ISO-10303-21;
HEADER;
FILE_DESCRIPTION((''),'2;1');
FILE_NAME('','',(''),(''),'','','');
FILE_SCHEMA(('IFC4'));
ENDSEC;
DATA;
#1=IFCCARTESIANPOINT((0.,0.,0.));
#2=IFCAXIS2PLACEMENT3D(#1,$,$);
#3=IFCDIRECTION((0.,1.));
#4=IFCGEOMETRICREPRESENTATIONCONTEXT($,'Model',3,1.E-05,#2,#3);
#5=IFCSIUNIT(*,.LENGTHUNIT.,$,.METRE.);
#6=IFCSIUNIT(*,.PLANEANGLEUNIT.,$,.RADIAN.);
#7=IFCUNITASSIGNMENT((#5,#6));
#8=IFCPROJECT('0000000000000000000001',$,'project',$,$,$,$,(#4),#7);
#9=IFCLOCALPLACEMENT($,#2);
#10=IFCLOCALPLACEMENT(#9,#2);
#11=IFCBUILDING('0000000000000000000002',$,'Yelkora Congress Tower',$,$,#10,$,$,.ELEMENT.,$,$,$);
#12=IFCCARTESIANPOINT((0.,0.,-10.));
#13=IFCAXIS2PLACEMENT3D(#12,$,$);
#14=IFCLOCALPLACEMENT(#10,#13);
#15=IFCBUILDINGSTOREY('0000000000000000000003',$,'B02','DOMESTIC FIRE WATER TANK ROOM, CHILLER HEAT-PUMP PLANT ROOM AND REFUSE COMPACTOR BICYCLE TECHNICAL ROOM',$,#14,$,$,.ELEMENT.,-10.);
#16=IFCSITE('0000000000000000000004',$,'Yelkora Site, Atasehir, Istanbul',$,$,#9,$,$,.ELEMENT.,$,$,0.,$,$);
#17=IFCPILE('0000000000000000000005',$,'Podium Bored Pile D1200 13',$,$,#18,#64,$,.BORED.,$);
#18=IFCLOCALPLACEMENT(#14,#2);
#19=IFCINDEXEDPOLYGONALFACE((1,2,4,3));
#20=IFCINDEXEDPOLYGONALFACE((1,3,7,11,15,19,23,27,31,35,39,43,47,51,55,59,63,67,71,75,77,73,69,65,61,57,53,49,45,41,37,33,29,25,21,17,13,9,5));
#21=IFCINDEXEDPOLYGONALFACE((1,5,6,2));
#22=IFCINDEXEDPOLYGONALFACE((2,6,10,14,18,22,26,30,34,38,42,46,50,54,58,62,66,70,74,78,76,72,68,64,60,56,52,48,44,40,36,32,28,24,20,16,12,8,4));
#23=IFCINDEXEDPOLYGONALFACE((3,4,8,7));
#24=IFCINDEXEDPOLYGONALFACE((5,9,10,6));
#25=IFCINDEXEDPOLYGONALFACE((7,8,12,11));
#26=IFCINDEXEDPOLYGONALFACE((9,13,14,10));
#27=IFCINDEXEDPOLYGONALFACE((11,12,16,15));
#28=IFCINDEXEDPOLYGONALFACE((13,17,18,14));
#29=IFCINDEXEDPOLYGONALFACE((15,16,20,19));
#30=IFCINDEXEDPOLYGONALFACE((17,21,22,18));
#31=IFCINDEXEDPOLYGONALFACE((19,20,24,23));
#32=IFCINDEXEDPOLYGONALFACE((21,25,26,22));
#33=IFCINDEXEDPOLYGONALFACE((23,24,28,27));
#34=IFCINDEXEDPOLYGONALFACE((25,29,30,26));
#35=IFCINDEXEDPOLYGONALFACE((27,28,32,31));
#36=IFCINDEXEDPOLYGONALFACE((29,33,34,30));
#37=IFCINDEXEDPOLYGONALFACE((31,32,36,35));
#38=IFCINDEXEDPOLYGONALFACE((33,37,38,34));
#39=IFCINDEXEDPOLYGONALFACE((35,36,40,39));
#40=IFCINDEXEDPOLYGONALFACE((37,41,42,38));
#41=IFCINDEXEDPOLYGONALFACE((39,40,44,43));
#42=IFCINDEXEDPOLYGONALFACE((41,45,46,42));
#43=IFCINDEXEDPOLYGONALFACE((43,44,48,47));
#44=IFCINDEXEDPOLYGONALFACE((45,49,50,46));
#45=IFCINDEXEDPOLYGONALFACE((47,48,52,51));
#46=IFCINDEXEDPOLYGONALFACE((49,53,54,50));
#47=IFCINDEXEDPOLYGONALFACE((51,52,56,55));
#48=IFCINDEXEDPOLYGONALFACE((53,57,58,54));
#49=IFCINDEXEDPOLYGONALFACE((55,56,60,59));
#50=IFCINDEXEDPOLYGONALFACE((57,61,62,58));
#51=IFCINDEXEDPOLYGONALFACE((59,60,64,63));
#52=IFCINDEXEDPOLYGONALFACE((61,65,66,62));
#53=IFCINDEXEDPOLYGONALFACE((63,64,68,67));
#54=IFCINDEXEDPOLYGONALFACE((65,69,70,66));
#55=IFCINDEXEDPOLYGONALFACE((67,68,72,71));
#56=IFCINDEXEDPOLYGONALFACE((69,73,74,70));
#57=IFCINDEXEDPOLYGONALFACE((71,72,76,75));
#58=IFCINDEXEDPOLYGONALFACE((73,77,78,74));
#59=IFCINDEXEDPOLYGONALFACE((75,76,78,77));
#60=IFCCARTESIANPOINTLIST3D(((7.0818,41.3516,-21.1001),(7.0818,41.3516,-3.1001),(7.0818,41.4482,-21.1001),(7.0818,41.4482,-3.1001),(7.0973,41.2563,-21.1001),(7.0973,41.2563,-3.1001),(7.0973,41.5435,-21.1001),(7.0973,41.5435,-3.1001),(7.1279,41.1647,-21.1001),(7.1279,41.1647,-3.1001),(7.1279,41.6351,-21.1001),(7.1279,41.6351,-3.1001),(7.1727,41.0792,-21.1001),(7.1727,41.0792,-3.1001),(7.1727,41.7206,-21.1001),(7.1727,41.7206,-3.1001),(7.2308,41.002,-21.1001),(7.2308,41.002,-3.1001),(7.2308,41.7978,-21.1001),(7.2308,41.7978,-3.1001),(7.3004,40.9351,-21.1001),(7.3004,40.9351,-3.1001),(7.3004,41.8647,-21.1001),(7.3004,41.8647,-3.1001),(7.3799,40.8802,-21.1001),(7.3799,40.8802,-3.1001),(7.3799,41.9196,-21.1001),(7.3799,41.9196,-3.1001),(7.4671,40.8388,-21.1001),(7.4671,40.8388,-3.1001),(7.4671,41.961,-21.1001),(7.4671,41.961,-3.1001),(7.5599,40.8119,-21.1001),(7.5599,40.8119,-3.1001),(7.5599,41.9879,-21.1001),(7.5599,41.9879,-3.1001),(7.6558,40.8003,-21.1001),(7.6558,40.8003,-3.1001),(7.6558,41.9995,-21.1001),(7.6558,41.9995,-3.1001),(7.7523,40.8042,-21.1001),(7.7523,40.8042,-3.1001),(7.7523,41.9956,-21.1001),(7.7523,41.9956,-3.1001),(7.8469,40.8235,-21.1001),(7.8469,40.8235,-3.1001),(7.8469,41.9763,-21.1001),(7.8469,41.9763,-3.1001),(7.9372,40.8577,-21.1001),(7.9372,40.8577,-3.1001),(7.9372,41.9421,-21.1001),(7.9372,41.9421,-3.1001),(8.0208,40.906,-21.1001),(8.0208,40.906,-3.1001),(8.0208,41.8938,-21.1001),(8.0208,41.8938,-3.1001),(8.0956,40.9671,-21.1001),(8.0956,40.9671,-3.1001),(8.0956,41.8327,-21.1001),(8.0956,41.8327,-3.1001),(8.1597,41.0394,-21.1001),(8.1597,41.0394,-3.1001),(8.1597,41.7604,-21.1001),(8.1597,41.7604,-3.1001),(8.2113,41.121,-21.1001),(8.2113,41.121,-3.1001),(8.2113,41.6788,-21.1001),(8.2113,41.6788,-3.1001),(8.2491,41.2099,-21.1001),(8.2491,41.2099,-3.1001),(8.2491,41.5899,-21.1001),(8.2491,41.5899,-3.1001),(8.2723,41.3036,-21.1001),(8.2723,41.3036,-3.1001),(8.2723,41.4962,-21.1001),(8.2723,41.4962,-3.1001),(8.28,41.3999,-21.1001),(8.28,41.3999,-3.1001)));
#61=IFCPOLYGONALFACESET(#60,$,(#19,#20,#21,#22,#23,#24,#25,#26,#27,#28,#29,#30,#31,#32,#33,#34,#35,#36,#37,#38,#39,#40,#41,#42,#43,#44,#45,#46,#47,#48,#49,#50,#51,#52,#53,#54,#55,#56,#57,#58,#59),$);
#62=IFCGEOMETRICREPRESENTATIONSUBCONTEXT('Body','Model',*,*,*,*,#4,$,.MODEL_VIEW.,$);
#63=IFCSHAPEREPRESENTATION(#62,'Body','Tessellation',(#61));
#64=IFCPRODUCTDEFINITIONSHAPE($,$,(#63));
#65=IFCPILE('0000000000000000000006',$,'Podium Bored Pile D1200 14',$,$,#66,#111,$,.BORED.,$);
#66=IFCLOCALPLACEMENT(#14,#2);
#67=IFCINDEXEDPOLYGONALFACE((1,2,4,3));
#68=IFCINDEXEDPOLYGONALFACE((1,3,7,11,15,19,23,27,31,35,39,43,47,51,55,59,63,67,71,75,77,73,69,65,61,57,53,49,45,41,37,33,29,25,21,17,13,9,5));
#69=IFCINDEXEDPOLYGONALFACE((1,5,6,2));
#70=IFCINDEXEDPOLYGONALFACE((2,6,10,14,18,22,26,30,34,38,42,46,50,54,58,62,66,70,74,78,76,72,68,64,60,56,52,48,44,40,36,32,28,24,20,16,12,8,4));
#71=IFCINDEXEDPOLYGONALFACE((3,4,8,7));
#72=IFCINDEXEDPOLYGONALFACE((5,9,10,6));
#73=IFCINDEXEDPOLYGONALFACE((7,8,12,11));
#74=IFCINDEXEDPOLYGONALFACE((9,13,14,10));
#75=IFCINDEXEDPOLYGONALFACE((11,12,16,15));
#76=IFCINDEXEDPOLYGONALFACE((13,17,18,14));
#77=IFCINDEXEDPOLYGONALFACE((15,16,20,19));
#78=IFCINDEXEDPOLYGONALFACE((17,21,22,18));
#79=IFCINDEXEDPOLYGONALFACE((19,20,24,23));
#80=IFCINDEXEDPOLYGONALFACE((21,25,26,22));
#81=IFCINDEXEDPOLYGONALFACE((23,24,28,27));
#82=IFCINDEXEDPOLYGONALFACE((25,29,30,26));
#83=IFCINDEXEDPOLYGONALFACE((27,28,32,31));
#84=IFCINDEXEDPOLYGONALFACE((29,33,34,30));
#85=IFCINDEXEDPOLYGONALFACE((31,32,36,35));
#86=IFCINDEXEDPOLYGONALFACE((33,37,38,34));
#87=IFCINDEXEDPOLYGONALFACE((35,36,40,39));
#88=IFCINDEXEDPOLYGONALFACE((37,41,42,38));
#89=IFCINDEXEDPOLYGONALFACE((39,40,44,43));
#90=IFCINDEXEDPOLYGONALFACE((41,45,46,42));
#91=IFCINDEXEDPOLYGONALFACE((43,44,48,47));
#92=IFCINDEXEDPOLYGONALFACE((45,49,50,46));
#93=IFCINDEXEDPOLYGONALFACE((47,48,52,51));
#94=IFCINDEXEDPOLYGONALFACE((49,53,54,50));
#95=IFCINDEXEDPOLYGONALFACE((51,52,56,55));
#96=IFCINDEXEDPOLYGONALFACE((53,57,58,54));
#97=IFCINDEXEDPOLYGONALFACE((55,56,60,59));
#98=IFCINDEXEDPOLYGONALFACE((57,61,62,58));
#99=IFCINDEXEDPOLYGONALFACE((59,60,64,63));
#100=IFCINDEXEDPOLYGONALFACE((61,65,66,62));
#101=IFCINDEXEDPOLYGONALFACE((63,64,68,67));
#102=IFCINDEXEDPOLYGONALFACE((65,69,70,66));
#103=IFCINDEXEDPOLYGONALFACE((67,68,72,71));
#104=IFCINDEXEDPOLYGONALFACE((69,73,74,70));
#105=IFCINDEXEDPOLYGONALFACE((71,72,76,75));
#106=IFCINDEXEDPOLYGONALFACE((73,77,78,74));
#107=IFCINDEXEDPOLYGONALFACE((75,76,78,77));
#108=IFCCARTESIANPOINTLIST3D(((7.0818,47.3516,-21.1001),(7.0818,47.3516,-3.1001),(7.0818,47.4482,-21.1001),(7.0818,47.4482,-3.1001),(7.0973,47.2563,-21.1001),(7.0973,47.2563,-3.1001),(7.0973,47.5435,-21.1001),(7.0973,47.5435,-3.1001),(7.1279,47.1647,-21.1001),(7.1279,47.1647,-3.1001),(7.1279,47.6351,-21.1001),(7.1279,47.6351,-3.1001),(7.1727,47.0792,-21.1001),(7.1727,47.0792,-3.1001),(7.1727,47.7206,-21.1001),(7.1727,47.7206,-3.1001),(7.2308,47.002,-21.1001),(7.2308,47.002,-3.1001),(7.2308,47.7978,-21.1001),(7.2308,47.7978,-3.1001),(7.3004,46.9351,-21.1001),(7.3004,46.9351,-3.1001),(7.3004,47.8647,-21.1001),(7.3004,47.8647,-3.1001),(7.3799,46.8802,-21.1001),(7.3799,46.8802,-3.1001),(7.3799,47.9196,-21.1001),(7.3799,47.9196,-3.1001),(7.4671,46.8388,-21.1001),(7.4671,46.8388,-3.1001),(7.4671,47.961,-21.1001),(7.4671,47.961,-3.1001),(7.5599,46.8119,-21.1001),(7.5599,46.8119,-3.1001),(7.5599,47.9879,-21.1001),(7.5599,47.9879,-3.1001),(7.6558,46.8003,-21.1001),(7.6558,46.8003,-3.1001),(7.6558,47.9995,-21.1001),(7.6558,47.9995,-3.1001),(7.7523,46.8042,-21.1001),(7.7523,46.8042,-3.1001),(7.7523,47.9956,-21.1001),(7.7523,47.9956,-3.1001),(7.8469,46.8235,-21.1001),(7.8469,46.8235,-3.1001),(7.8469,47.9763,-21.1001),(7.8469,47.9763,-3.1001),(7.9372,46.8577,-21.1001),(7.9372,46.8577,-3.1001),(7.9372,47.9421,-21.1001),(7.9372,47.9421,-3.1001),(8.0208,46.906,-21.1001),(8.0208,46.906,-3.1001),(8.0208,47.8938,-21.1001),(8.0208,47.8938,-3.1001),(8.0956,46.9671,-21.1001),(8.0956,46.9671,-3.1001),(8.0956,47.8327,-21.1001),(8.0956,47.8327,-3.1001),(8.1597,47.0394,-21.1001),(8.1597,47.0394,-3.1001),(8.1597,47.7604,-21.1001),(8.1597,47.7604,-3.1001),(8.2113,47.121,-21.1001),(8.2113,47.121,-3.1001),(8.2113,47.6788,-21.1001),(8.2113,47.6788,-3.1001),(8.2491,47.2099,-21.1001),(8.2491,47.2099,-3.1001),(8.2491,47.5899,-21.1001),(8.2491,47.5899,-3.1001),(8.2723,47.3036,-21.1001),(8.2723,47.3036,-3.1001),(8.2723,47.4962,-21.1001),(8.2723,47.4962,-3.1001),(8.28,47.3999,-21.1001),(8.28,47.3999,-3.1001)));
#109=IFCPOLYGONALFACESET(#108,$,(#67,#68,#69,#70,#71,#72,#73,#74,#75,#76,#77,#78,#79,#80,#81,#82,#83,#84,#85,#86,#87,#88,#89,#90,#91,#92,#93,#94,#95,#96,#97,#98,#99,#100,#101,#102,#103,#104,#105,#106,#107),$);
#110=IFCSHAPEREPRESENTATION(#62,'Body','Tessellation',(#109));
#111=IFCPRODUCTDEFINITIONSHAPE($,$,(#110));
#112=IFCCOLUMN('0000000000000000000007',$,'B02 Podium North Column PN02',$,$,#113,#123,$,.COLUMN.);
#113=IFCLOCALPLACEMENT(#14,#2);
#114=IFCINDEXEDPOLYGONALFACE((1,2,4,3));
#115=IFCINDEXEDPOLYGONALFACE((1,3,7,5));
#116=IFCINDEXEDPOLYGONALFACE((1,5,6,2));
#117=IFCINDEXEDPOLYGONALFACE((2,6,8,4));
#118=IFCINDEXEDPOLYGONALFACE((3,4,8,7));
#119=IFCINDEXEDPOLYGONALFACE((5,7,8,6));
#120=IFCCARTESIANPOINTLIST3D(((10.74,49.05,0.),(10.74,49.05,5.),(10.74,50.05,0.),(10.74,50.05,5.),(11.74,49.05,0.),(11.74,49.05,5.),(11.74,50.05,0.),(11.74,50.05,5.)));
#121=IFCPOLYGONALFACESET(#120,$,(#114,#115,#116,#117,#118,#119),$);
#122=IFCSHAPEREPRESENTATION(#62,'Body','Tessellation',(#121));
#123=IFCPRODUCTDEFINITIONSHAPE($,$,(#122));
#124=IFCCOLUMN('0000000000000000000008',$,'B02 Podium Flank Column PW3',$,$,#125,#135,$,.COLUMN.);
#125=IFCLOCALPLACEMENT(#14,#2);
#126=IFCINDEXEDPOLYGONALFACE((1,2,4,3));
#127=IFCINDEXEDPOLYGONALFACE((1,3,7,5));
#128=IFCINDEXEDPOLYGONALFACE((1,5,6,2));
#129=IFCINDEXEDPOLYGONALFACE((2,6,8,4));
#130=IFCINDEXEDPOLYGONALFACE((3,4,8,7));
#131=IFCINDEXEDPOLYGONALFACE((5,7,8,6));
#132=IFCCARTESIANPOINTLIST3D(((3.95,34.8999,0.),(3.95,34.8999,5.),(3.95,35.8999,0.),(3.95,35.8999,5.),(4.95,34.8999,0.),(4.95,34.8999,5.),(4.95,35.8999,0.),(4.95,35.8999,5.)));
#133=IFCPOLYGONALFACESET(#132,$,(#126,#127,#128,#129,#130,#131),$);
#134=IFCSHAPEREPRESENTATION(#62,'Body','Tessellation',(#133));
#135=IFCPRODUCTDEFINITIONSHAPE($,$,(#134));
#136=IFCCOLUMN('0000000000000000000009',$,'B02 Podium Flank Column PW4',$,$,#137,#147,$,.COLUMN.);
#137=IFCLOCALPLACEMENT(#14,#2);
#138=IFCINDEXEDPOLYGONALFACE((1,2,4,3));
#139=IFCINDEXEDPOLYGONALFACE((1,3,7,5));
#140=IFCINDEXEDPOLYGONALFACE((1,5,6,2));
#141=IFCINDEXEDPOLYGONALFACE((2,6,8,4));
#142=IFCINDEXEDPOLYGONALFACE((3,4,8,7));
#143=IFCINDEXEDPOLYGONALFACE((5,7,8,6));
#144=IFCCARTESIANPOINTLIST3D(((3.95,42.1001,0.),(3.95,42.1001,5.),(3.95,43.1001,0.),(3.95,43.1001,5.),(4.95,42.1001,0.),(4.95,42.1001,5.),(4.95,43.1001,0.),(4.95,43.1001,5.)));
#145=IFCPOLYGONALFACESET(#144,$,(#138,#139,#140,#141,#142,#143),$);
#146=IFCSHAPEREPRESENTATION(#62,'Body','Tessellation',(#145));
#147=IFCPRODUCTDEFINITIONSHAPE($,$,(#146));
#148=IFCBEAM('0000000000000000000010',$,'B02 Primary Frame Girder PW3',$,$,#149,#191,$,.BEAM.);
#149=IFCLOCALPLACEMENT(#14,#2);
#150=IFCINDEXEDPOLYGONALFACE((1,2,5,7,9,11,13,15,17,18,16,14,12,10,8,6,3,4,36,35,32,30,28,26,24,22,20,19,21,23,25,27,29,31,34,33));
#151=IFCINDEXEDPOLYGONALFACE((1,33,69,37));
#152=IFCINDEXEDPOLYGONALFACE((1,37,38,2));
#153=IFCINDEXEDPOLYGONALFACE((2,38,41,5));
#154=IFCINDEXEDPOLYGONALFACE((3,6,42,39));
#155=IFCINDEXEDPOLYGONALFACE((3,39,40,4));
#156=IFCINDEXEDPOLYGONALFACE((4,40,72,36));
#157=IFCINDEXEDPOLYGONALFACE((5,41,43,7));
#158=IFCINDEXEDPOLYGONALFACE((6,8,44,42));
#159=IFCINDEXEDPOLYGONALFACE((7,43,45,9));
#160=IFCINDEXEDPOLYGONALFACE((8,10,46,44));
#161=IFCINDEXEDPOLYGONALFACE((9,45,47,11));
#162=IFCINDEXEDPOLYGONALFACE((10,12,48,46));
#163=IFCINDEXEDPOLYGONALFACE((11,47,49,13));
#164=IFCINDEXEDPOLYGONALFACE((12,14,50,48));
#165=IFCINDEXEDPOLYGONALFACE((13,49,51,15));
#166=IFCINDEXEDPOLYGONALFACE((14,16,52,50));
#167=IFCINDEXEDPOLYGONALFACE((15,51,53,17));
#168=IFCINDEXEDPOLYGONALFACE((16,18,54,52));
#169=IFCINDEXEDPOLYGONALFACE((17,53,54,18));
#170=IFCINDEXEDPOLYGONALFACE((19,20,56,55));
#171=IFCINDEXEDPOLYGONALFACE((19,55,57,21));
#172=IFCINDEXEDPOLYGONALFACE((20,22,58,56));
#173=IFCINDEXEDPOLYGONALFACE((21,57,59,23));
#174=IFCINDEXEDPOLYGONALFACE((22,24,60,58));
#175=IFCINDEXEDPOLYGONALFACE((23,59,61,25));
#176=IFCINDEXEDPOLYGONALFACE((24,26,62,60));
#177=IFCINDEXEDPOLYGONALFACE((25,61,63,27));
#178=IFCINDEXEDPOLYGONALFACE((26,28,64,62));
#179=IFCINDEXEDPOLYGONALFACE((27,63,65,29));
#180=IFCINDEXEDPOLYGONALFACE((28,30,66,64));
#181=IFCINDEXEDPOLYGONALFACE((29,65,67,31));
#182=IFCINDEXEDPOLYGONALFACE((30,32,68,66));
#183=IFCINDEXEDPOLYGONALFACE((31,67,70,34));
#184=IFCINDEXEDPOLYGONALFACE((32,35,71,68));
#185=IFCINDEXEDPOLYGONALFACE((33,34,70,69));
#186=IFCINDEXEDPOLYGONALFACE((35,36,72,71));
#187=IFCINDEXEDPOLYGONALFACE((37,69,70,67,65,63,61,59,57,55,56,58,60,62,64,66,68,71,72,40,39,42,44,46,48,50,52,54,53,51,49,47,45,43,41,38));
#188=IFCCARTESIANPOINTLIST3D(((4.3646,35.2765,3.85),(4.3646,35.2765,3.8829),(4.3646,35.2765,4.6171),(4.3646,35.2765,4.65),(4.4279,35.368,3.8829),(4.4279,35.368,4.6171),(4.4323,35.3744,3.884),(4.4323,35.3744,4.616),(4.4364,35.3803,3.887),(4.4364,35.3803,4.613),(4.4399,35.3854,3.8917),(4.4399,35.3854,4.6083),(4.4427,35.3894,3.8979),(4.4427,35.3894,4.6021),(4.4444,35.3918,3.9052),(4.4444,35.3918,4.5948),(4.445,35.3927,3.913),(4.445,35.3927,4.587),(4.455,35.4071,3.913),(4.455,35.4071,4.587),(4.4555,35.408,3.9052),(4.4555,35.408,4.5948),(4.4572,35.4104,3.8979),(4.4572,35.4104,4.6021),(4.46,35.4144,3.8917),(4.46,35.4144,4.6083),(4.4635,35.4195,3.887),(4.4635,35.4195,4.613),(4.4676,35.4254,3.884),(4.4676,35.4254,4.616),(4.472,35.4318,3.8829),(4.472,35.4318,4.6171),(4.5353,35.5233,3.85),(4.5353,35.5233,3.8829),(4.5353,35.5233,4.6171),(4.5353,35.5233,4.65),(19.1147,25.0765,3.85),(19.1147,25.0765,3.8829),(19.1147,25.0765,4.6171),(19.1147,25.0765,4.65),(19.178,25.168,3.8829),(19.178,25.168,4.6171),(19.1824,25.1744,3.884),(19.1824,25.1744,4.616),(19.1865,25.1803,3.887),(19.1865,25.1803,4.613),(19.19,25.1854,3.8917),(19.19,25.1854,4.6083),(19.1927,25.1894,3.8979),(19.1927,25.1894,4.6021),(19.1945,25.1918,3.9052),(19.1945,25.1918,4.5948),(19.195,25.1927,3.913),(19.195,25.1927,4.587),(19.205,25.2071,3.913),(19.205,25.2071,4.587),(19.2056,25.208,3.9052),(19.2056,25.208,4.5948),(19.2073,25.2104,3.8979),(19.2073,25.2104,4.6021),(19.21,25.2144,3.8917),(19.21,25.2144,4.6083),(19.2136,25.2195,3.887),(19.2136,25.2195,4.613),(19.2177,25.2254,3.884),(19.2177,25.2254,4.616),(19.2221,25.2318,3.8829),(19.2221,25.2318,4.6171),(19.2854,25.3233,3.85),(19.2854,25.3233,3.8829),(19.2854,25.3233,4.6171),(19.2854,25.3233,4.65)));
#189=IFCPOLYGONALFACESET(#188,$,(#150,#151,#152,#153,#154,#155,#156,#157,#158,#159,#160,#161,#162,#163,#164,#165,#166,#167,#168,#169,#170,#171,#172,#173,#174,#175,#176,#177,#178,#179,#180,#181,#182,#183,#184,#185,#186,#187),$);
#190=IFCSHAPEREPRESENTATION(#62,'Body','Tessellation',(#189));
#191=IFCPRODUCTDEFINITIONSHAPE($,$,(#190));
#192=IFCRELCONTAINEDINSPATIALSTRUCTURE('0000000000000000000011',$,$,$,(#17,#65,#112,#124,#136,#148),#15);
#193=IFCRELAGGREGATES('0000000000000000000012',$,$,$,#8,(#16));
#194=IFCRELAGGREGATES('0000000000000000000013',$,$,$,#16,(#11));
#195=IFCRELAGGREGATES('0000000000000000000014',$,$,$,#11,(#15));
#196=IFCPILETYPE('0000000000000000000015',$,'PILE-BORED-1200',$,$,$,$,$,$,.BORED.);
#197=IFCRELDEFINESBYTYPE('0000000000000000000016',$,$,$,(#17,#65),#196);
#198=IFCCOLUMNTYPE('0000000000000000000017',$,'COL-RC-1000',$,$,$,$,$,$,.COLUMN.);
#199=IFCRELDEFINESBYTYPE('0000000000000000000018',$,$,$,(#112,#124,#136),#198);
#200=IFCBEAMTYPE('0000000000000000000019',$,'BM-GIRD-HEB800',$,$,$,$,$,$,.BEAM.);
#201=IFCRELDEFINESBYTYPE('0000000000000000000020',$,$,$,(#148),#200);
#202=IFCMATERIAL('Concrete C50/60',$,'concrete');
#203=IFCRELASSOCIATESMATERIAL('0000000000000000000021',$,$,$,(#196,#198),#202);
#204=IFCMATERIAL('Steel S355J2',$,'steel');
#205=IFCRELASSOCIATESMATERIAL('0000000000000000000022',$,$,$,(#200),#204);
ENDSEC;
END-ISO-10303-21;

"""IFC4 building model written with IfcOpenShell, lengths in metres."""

from ifc_helpers import new_model, si_unit, direction, frame, origin, origin_2d, place, context, subcontext, project, spatial, rectangle, circle, i_section, extrude, material, material_profile, profile_set, type_object, element, save


model = new_model("IFC4")

# Units and contexts
model_context = context("Model", 3, precision=1e-05, world=origin(), true_north=direction((0.0, 1.0)))
body_context = subcontext(model_context, "Body", "Model", "MODEL_VIEW")
ifc_project = project(units=[si_unit("LENGTHUNIT", "METRE"), si_unit("PLANEANGLEUNIT", "RADIAN")], contexts=[model_context])

# Site, building, storey
site_placement = place(None, origin())
site = spatial("IfcSite", under=ifc_project, at=site_placement, Name="Yelkora Site, Atasehir, Istanbul", CompositionType="ELEMENT", RefElevation=0.0)
building_placement = place(site_placement, origin())
building = spatial("IfcBuilding", under=site, at=building_placement, Name="Yelkora Congress Tower", CompositionType="ELEMENT")
storey_placement = place(building_placement, frame((0.0, 0.0, -10.0)))
storey = spatial("IfcBuildingStorey", under=building, at=storey_placement, Name="B02", Description="DOMESTIC FIRE WATER TANK ROOM, CHILLER HEAT-PUMP PLANT ROOM AND REFUSE COMPACTOR BICYCLE TECHNICAL ROOM", CompositionType="ELEMENT", Elevation=-10.0)

# Piles
ifc_material_1 = material(Name="Concrete C50/60", Category="concrete")
ifc_material_profile_1 = material_profile(ifc_material_1, circle(Radius=0.6001, at=origin_2d()), Name="PILE D1200")
ifc_profile_set_1 = profile_set([ifc_material_profile_1], Name="Concrete C50/60")
pile_type = type_object("IfcPileType", Name="PILE-BORED-1200", PredefinedType="BORED", material=ifc_profile_set_1)
for number, where, z_axis, x_axis, name in (
    (1, (7.6799, 41.3999, -3.1001), (0.0, 0.0, -1.0), (1.0, 0.0, 0.0), "Podium Bored Pile D1200 13"),
    (2, (7.6799, 47.3999, -3.1001), (0.0, 0.0, -1.0), (1.0, 0.0, 0.0), "Podium Bored Pile D1200 14"),
):
    element("IfcPile", number, at=place(storey_placement, frame(where, z_axis=z_axis, x_axis=x_axis)), inside=storey, type_object=pile_type, Name=name, PredefinedType="BORED", context=body_context, shape_type="SweptSolid", body=[
        extrude(circle(Radius=0.6001, at=origin_2d()), origin(), (0.0, 0.0, 1.0), 18.0),
    ])

# Columns
ifc_material_profile_2 = material_profile(ifc_material_1, rectangle(XDim=1.0, YDim=1.0, at=origin_2d()), Name="RC 1000x1000")
ifc_profile_set_2 = profile_set([ifc_material_profile_2], Name="Concrete C50/60")
column_type = type_object("IfcColumnType", Name="COL-RC-1000", PredefinedType="COLUMN", material=ifc_profile_set_2)
for number, where, z_axis, x_axis, name in (
    (3, (11.24, 49.55, 0.0), (0.0, 0.0, 1.0), (1.0, 0.0, 0.0), "B02 Podium North Column PN02"),
    (4, (4.45, 35.3999, 0.0), (0.0, 0.0, 1.0), (1.0, 0.0, 0.0), "B02 Podium Flank Column PW3"),
    (5, (4.45, 42.6001, 0.0), (0.0, 0.0, 1.0), (1.0, 0.0, 0.0), "B02 Podium Flank Column PW4"),
):
    element("IfcColumn", number, at=place(storey_placement, frame(where, z_axis=z_axis, x_axis=x_axis)), inside=storey, type_object=column_type, Name=name, PredefinedType="COLUMN", context=body_context, shape_type="SweptSolid", body=[
        extrude(rectangle(XDim=1.0, YDim=1.0, at=origin_2d()), origin(), (0.0, 0.0, 1.0), 5.0),
    ])

# Beam
ifc_material_2 = material(Name="Steel S355J2", Category="steel")
ifc_material_profile_3 = material_profile(ifc_material_2, i_section(OverallWidth=0.3, OverallDepth=0.8, WebThickness=0.0176, FlangeThickness=0.033, FilletRadius=0.03, at=origin_2d()), Name="HEB 800")
ifc_profile_set_3 = profile_set([ifc_material_profile_3], Name="Steel S355J2")
beam_type_1 = type_object("IfcBeamType", Name="BM-GIRD-HEB800", PredefinedType="BEAM", material=ifc_profile_set_3)
beam_1_placement = place(storey_placement, frame((4.45, 35.3999, 4.25), z_axis=(0.822494, -0.568773, 0.0), x_axis=(0.568773, 0.822494, 0.0)))
element("IfcBeam", 6, at=beam_1_placement, inside=storey, type_object=beam_type_1, Name="B02 Primary Frame Girder PW3", PredefinedType="BEAM", context=body_context, shape_type="SweptSolid", body=[
    extrude(i_section(OverallWidth=0.3, OverallDepth=0.8, WebThickness=0.0176, FlangeThickness=0.033, FilletRadius=0.03, at=origin_2d()), origin(), (0.0, 0.0, 1.0), 17.9333),
])

save(model, "model.ifc")
